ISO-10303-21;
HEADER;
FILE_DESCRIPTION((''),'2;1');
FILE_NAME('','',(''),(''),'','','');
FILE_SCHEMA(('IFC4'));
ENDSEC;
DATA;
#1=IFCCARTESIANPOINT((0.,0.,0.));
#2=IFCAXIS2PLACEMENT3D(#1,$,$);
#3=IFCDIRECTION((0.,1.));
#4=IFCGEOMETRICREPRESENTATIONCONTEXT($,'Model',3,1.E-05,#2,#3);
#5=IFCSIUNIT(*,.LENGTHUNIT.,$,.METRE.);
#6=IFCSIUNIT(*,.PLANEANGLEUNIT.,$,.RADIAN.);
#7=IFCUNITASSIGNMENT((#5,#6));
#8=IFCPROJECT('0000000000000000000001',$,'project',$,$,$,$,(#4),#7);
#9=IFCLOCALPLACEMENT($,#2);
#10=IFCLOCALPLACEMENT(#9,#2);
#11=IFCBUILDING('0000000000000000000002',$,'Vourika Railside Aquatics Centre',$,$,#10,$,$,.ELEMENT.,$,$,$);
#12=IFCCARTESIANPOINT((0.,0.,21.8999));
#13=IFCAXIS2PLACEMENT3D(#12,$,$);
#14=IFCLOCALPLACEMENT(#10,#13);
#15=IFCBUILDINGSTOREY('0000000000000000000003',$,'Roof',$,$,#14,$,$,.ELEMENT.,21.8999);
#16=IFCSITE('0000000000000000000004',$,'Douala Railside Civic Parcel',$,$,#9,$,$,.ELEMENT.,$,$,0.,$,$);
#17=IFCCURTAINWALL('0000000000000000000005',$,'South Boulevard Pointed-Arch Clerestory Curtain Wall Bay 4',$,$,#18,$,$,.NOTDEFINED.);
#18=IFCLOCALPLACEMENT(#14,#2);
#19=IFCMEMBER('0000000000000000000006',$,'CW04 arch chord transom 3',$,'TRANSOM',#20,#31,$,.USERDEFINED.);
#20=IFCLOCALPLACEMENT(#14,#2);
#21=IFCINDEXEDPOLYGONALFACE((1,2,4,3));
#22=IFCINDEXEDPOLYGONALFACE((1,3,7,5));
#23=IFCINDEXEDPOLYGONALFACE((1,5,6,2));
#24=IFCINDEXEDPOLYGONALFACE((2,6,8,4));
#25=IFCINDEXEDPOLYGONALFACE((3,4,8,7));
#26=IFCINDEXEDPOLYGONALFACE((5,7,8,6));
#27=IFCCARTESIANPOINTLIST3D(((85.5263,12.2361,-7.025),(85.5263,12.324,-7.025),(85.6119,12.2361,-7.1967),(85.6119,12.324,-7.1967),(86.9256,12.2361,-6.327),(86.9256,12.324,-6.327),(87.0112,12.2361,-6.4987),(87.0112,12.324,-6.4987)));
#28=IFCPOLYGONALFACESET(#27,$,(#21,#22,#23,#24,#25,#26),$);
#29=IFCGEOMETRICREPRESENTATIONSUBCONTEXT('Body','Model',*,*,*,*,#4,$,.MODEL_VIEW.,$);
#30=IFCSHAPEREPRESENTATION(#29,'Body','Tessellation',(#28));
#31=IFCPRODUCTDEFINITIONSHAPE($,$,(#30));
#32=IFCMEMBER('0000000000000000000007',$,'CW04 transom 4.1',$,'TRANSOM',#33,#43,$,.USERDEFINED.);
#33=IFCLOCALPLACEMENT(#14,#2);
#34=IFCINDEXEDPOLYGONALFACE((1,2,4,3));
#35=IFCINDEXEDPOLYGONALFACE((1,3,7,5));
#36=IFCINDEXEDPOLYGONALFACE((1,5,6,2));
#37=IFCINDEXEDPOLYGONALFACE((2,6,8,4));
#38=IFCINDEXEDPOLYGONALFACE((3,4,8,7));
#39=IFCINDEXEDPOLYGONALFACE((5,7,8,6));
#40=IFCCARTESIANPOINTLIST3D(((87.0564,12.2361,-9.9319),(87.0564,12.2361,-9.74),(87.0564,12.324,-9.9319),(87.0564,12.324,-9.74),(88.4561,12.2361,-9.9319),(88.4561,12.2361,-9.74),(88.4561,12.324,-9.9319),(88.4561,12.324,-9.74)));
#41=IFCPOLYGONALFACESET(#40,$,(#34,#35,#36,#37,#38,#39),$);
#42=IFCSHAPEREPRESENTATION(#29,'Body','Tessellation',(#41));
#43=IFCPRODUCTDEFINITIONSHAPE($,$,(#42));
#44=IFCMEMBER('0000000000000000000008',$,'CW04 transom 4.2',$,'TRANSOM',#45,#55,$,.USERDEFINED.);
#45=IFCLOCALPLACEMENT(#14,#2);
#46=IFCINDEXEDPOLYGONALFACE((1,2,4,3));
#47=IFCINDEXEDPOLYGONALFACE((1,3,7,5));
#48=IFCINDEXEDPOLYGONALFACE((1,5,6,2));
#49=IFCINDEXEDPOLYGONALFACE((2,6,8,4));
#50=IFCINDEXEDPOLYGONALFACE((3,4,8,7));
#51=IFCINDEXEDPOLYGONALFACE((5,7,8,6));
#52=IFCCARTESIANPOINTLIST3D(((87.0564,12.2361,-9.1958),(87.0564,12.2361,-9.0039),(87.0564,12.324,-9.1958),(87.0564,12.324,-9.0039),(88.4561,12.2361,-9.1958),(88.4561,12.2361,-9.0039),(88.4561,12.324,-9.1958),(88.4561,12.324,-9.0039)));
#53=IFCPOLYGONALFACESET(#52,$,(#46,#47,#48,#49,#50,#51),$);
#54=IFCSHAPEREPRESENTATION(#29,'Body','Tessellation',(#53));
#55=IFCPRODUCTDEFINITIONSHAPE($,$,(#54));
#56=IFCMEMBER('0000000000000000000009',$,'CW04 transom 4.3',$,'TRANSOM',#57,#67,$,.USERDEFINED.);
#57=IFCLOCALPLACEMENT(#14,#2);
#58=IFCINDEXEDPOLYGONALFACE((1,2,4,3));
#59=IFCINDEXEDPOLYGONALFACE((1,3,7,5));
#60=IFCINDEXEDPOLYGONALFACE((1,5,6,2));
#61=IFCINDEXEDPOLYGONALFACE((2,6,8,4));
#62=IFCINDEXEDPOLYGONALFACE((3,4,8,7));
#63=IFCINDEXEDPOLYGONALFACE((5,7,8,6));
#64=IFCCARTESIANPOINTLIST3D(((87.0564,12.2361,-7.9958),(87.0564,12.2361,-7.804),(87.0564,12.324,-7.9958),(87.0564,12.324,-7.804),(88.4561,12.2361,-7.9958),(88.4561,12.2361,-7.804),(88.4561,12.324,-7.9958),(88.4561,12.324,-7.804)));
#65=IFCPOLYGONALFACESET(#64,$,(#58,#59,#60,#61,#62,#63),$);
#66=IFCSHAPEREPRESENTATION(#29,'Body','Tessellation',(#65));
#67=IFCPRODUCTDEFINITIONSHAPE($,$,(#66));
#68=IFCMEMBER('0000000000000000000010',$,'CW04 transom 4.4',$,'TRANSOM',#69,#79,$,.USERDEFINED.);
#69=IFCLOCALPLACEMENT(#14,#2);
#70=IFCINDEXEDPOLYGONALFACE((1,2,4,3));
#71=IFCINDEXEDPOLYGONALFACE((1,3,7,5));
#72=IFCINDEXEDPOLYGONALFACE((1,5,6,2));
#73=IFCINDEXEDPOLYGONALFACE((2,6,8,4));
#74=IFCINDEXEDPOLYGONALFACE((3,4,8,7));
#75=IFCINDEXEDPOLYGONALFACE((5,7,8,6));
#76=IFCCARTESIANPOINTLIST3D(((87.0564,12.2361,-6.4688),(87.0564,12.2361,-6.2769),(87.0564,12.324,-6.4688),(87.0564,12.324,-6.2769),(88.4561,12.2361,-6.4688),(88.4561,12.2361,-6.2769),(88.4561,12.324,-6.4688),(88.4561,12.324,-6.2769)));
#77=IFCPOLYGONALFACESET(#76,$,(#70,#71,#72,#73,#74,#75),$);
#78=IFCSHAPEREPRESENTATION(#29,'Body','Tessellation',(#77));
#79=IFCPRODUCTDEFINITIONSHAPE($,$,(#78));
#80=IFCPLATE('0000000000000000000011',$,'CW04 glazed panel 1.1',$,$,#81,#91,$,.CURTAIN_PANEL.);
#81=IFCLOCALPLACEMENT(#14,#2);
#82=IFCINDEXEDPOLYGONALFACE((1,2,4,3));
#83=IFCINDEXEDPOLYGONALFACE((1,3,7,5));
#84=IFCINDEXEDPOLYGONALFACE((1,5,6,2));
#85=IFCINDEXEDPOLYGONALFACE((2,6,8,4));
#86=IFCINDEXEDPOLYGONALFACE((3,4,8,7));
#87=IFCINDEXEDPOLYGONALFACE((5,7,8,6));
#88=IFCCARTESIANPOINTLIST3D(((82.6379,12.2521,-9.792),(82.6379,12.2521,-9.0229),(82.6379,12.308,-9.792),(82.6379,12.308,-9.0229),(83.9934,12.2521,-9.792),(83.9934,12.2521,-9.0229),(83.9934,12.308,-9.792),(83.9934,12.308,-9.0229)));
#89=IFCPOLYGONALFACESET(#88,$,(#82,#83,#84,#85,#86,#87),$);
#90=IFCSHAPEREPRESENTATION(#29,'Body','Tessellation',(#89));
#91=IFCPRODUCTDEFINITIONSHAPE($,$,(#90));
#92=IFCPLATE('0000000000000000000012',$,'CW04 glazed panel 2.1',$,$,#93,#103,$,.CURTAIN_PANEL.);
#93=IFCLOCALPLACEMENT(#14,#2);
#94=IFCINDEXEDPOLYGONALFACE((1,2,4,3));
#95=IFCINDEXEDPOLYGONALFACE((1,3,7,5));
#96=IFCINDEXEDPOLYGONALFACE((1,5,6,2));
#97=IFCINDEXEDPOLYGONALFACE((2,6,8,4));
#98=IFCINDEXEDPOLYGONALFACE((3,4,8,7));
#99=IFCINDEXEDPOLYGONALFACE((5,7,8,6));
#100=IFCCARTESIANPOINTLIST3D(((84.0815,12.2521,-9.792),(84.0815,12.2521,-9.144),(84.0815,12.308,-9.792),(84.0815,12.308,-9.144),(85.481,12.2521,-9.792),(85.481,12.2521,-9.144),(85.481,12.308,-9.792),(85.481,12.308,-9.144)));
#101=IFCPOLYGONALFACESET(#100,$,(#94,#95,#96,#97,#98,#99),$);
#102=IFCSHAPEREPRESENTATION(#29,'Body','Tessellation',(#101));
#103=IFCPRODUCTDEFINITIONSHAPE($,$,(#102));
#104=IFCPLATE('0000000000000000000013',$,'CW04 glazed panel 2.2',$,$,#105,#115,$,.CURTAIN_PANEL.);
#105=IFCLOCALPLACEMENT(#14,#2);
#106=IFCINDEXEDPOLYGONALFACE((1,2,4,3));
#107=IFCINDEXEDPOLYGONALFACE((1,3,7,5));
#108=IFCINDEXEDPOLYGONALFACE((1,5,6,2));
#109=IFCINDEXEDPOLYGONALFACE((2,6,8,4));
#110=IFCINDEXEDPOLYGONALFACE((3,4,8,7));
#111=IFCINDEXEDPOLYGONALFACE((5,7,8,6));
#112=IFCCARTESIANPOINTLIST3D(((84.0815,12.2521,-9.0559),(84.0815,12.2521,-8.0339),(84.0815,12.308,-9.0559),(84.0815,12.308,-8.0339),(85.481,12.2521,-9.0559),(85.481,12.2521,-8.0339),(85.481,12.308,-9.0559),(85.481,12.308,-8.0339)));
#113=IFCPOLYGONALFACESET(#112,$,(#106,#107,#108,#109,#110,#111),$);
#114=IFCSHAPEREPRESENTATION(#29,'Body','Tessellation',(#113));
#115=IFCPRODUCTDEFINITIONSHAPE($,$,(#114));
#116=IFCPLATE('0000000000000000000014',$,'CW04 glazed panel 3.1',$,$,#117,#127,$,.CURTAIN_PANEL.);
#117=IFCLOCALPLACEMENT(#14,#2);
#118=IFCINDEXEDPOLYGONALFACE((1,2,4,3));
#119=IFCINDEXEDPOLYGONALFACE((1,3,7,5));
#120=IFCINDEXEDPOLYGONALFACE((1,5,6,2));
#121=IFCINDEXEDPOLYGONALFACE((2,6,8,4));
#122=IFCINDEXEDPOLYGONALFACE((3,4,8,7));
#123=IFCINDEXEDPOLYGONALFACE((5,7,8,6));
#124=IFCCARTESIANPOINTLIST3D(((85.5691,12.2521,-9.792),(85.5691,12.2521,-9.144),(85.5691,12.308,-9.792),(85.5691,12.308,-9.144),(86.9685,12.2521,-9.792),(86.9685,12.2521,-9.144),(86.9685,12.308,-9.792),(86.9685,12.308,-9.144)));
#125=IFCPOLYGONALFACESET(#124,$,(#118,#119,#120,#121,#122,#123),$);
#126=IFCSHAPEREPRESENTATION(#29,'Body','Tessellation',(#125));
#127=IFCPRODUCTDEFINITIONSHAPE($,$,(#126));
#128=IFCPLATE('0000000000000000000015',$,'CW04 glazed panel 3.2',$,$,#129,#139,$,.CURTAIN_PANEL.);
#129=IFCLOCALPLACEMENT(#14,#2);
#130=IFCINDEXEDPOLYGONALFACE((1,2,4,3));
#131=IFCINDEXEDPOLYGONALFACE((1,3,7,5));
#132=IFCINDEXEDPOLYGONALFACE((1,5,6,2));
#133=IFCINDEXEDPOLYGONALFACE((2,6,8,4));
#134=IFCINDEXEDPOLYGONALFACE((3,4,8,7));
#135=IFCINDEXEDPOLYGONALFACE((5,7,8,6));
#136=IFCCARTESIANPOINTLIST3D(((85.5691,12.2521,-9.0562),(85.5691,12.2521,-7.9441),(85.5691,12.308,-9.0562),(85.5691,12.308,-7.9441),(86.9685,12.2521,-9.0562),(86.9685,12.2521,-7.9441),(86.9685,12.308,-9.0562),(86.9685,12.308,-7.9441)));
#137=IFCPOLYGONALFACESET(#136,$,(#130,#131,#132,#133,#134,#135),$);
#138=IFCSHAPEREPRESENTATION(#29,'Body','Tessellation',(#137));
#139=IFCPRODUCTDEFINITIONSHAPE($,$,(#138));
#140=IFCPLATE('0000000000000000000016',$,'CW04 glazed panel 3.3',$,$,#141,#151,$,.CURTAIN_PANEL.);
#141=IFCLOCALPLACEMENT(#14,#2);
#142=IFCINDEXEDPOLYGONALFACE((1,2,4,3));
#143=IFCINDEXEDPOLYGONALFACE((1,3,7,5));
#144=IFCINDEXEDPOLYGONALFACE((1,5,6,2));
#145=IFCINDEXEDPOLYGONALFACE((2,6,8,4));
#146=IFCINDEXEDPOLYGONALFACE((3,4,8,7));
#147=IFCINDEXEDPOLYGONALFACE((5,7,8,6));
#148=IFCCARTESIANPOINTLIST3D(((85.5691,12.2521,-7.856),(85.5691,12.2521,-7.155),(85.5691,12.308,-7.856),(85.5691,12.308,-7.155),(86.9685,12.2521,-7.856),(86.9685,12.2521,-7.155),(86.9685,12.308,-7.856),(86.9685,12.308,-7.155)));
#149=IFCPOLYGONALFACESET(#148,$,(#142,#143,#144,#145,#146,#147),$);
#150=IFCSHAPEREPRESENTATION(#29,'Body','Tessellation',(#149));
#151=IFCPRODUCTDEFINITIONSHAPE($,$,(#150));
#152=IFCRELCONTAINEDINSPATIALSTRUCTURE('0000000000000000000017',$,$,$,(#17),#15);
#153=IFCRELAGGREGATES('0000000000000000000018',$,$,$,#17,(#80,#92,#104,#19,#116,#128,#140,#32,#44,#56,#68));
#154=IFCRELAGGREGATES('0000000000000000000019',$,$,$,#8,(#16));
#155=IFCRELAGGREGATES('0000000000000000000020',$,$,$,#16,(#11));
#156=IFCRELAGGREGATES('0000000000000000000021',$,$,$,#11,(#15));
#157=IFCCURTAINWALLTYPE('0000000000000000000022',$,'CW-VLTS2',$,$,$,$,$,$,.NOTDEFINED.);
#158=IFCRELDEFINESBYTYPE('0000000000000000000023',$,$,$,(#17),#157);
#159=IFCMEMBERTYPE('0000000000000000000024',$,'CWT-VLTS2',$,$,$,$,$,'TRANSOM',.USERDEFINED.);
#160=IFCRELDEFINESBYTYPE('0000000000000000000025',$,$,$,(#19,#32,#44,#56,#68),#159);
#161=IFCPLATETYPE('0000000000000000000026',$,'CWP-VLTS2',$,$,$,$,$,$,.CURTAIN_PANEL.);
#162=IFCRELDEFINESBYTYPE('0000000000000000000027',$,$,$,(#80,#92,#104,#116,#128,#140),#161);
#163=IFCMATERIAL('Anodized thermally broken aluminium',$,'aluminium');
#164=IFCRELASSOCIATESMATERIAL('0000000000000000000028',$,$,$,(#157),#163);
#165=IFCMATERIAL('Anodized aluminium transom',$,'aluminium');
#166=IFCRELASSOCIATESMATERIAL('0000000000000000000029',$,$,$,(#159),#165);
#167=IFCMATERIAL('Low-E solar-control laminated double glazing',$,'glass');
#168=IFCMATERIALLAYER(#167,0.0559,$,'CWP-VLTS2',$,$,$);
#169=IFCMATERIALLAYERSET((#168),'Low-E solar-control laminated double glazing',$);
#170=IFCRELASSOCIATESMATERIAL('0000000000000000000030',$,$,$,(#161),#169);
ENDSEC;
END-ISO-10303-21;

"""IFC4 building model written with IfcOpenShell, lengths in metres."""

from ifc_helpers import new_model, si_unit, direction, frame, origin, origin_2d, place, context, subcontext, project, spatial, rectangle, extrude, material, layer, layer_set, material_profile, profile_set, type_object, element, aggregate, save


model = new_model("IFC4")

# Units and contexts
model_context = context("Model", 3, precision=1e-05, world=origin(), true_north=direction((0.0, 1.0)))
body_context = subcontext(model_context, "Body", "Model", "MODEL_VIEW")
ifc_project = project(units=[si_unit("LENGTHUNIT", "METRE"), si_unit("PLANEANGLEUNIT", "RADIAN")], contexts=[model_context])

# Site, building, storey
site_placement = place(None, origin())
site = spatial("IfcSite", under=ifc_project, at=site_placement, Name="Douala Railside Civic Parcel", CompositionType="ELEMENT", RefElevation=0.0)
building_placement = place(site_placement, origin())
building = spatial("IfcBuilding", under=site, at=building_placement, Name="Vourika Railside Aquatics Centre", CompositionType="ELEMENT")
storey_placement = place(building_placement, frame((0.0, 0.0, 21.8999)))
storey = spatial("IfcBuildingStorey", under=building, at=storey_placement, Name="Roof", CompositionType="ELEMENT", Elevation=21.8999)

# Curtain wall, members, plates
ifc_material_1 = material(Name="Anodized thermally broken aluminium", Category="aluminium")
curtain_wall_type = type_object("IfcCurtainWallType", Name="CW-VLTS2", PredefinedType="NOTDEFINED", material=ifc_material_1)
curtain_wall_placement = place(storey_placement, origin())
curtain_wall = element("IfcCurtainWall", 1, at=curtain_wall_placement, inside=storey, type_object=curtain_wall_type, Name="South Boulevard Pointed-Arch Clerestory Curtain Wall Bay 4", PredefinedType="NOTDEFINED")
ifc_material_2 = material(Name="Anodized aluminium transom", Category="aluminium")
ifc_material_profile_1 = material_profile(ifc_material_2, rectangle(XDim=0.0879, YDim=0.1919, at=origin_2d()), Name="ALU-T 88x192")
ifc_profile_set_1 = profile_set([ifc_material_profile_1], Name="Anodized aluminium transom")
member_type_1 = type_object("IfcMemberType", Name="CWT-VLTS2", ElementType="TRANSOM", PredefinedType="USERDEFINED", material=ifc_profile_set_1)
member_1_placement = place(storey_placement, frame((85.5691, 12.28, -7.1108), z_axis=(0.894864, 0.0, 0.446339), x_axis=(0.0, 1.0, 0.0)))
member_1 = element("IfcMember", 2, at=member_1_placement, type_object=member_type_1, Name="CW04 arch chord transom 3", ObjectType="TRANSOM", PredefinedType="USERDEFINED", context=body_context, shape_type="SweptSolid", body=[
    extrude(rectangle(XDim=0.0879, YDim=0.1919, at=origin_2d()), origin(), (0.0, 0.0, 1.0), 1.5637),
])
member_2_placement = place(storey_placement, frame((87.0564, 12.28, -9.8359), z_axis=(1.0, 0.0, 0.0), x_axis=(0.0, 1.0, 0.0)))
member_2 = element("IfcMember", 3, at=member_2_placement, type_object=member_type_1, Name="CW04 transom 4.1", ObjectType="TRANSOM", PredefinedType="USERDEFINED", context=body_context, shape_type="SweptSolid", body=[
    extrude(rectangle(XDim=0.0879, YDim=0.1919, at=origin_2d()), origin(), (0.0, 0.0, 1.0), 1.3997),
])
member_3_placement = place(storey_placement, frame((87.0564, 12.28, -9.0999), z_axis=(1.0, 0.0, 0.0), x_axis=(0.0, 1.0, 0.0)))
member_3 = element("IfcMember", 4, at=member_3_placement, type_object=member_type_1, Name="CW04 transom 4.2", ObjectType="TRANSOM", PredefinedType="USERDEFINED", context=body_context, shape_type="SweptSolid", body=[
    extrude(rectangle(XDim=0.0879, YDim=0.1919, at=origin_2d()), origin(), (0.0, 0.0, 1.0), 1.3997),
])
member_4_placement = place(storey_placement, frame((87.0564, 12.28, -7.8999), z_axis=(1.0, 0.0, 0.0), x_axis=(0.0, 1.0, 0.0)))
member_4 = element("IfcMember", 5, at=member_4_placement, type_object=member_type_1, Name="CW04 transom 4.3", ObjectType="TRANSOM", PredefinedType="USERDEFINED", context=body_context, shape_type="SweptSolid", body=[
    extrude(rectangle(XDim=0.0879, YDim=0.1919, at=origin_2d()), origin(), (0.0, 0.0, 1.0), 1.3997),
])
member_5_placement = place(storey_placement, frame((87.0564, 12.28, -6.3728), z_axis=(1.0, 0.0, 0.0), x_axis=(0.0, 1.0, 0.0)))
member_5 = element("IfcMember", 6, at=member_5_placement, type_object=member_type_1, Name="CW04 transom 4.4", ObjectType="TRANSOM", PredefinedType="USERDEFINED", context=body_context, shape_type="SweptSolid", body=[
    extrude(rectangle(XDim=0.0879, YDim=0.1919, at=origin_2d()), origin(), (0.0, 0.0, 1.0), 1.3997),
])
ifc_material_3 = material(Name="Low-E solar-control laminated double glazing", Category="glass")
ifc_layer = layer(ifc_material_3, 0.0559, Name="CWP-VLTS2")
ifc_layer_set = layer_set([ifc_layer], Name="Low-E solar-control laminated double glazing")
plate_type = type_object("IfcPlateType", Name="CWP-VLTS2", PredefinedType="CURTAIN_PANEL", material=ifc_layer_set)
plate_1_placement = place(storey_placement, frame((83.3157, 12.28, -9.792), z_axis=(0.0, 0.0, 1.0), x_axis=(1.0, 0.0, 0.0)))
plate_1 = element("IfcPlate", 7, at=plate_1_placement, type_object=plate_type, Name="CW04 glazed panel 1.1", PredefinedType="CURTAIN_PANEL", context=body_context, shape_type="SweptSolid", body=[
    extrude(rectangle(XDim=1.3555, YDim=0.0559, at=origin_2d()), origin(), (0.0, 0.0, 1.0), 0.769),
])
plate_2_placement = place(storey_placement, frame((84.7812, 12.28, -9.792), z_axis=(0.0, 0.0, 1.0), x_axis=(1.0, 0.0, 0.0)))
plate_2 = element("IfcPlate", 8, at=plate_2_placement, type_object=plate_type, Name="CW04 glazed panel 2.1", PredefinedType="CURTAIN_PANEL", context=body_context, shape_type="SweptSolid", body=[
    extrude(rectangle(XDim=1.3994, YDim=0.0559, at=origin_2d()), origin(), (0.0, 0.0, 1.0), 0.6479),
])
plate_3_placement = place(storey_placement, frame((84.7812, 12.28, -9.0559), z_axis=(0.0, 0.0, 1.0), x_axis=(1.0, 0.0, 0.0)))
plate_3 = element("IfcPlate", 9, at=plate_3_placement, type_object=plate_type, Name="CW04 glazed panel 2.2", PredefinedType="CURTAIN_PANEL", context=body_context, shape_type="SweptSolid", body=[
    extrude(rectangle(XDim=1.3994, YDim=0.0559, at=origin_2d()), origin(), (0.0, 0.0, 1.0), 1.022),
])
plate_4_placement = place(storey_placement, frame((86.2688, 12.28, -9.792), z_axis=(0.0, 0.0, 1.0), x_axis=(1.0, 0.0, 0.0)))
plate_4 = element("IfcPlate", 10, at=plate_4_placement, type_object=plate_type, Name="CW04 glazed panel 3.1", PredefinedType="CURTAIN_PANEL", context=body_context, shape_type="SweptSolid", body=[
    extrude(rectangle(XDim=1.3994, YDim=0.0559, at=origin_2d()), origin(), (0.0, 0.0, 1.0), 0.6479),
])
plate_5_placement = place(storey_placement, frame((86.2688, 12.28, -9.0562), z_axis=(0.0, 0.0, 1.0), x_axis=(1.0, 0.0, 0.0)))
plate_5 = element("IfcPlate", 11, at=plate_5_placement, type_object=plate_type, Name="CW04 glazed panel 3.2", PredefinedType="CURTAIN_PANEL", context=body_context, shape_type="SweptSolid", body=[
    extrude(rectangle(XDim=1.3994, YDim=0.0559, at=origin_2d()), origin(), (0.0, 0.0, 1.0), 1.1121),
])
plate_6_placement = place(storey_placement, frame((86.2688, 12.28, -7.856), z_axis=(0.0, 0.0, 1.0), x_axis=(1.0, 0.0, 0.0)))
plate_6 = element("IfcPlate", 12, at=plate_6_placement, type_object=plate_type, Name="CW04 glazed panel 3.3", PredefinedType="CURTAIN_PANEL", context=body_context, shape_type="SweptSolid", body=[
    extrude(rectangle(XDim=1.3994, YDim=0.0559, at=origin_2d()), origin(), (0.0, 0.0, 1.0), 0.7009),
])
aggregate(curtain_wall, [plate_1, plate_2, plate_3, member_1, plate_4, plate_5, plate_6, member_2, member_3, member_4, member_5])

save(model, "model.ifc")
